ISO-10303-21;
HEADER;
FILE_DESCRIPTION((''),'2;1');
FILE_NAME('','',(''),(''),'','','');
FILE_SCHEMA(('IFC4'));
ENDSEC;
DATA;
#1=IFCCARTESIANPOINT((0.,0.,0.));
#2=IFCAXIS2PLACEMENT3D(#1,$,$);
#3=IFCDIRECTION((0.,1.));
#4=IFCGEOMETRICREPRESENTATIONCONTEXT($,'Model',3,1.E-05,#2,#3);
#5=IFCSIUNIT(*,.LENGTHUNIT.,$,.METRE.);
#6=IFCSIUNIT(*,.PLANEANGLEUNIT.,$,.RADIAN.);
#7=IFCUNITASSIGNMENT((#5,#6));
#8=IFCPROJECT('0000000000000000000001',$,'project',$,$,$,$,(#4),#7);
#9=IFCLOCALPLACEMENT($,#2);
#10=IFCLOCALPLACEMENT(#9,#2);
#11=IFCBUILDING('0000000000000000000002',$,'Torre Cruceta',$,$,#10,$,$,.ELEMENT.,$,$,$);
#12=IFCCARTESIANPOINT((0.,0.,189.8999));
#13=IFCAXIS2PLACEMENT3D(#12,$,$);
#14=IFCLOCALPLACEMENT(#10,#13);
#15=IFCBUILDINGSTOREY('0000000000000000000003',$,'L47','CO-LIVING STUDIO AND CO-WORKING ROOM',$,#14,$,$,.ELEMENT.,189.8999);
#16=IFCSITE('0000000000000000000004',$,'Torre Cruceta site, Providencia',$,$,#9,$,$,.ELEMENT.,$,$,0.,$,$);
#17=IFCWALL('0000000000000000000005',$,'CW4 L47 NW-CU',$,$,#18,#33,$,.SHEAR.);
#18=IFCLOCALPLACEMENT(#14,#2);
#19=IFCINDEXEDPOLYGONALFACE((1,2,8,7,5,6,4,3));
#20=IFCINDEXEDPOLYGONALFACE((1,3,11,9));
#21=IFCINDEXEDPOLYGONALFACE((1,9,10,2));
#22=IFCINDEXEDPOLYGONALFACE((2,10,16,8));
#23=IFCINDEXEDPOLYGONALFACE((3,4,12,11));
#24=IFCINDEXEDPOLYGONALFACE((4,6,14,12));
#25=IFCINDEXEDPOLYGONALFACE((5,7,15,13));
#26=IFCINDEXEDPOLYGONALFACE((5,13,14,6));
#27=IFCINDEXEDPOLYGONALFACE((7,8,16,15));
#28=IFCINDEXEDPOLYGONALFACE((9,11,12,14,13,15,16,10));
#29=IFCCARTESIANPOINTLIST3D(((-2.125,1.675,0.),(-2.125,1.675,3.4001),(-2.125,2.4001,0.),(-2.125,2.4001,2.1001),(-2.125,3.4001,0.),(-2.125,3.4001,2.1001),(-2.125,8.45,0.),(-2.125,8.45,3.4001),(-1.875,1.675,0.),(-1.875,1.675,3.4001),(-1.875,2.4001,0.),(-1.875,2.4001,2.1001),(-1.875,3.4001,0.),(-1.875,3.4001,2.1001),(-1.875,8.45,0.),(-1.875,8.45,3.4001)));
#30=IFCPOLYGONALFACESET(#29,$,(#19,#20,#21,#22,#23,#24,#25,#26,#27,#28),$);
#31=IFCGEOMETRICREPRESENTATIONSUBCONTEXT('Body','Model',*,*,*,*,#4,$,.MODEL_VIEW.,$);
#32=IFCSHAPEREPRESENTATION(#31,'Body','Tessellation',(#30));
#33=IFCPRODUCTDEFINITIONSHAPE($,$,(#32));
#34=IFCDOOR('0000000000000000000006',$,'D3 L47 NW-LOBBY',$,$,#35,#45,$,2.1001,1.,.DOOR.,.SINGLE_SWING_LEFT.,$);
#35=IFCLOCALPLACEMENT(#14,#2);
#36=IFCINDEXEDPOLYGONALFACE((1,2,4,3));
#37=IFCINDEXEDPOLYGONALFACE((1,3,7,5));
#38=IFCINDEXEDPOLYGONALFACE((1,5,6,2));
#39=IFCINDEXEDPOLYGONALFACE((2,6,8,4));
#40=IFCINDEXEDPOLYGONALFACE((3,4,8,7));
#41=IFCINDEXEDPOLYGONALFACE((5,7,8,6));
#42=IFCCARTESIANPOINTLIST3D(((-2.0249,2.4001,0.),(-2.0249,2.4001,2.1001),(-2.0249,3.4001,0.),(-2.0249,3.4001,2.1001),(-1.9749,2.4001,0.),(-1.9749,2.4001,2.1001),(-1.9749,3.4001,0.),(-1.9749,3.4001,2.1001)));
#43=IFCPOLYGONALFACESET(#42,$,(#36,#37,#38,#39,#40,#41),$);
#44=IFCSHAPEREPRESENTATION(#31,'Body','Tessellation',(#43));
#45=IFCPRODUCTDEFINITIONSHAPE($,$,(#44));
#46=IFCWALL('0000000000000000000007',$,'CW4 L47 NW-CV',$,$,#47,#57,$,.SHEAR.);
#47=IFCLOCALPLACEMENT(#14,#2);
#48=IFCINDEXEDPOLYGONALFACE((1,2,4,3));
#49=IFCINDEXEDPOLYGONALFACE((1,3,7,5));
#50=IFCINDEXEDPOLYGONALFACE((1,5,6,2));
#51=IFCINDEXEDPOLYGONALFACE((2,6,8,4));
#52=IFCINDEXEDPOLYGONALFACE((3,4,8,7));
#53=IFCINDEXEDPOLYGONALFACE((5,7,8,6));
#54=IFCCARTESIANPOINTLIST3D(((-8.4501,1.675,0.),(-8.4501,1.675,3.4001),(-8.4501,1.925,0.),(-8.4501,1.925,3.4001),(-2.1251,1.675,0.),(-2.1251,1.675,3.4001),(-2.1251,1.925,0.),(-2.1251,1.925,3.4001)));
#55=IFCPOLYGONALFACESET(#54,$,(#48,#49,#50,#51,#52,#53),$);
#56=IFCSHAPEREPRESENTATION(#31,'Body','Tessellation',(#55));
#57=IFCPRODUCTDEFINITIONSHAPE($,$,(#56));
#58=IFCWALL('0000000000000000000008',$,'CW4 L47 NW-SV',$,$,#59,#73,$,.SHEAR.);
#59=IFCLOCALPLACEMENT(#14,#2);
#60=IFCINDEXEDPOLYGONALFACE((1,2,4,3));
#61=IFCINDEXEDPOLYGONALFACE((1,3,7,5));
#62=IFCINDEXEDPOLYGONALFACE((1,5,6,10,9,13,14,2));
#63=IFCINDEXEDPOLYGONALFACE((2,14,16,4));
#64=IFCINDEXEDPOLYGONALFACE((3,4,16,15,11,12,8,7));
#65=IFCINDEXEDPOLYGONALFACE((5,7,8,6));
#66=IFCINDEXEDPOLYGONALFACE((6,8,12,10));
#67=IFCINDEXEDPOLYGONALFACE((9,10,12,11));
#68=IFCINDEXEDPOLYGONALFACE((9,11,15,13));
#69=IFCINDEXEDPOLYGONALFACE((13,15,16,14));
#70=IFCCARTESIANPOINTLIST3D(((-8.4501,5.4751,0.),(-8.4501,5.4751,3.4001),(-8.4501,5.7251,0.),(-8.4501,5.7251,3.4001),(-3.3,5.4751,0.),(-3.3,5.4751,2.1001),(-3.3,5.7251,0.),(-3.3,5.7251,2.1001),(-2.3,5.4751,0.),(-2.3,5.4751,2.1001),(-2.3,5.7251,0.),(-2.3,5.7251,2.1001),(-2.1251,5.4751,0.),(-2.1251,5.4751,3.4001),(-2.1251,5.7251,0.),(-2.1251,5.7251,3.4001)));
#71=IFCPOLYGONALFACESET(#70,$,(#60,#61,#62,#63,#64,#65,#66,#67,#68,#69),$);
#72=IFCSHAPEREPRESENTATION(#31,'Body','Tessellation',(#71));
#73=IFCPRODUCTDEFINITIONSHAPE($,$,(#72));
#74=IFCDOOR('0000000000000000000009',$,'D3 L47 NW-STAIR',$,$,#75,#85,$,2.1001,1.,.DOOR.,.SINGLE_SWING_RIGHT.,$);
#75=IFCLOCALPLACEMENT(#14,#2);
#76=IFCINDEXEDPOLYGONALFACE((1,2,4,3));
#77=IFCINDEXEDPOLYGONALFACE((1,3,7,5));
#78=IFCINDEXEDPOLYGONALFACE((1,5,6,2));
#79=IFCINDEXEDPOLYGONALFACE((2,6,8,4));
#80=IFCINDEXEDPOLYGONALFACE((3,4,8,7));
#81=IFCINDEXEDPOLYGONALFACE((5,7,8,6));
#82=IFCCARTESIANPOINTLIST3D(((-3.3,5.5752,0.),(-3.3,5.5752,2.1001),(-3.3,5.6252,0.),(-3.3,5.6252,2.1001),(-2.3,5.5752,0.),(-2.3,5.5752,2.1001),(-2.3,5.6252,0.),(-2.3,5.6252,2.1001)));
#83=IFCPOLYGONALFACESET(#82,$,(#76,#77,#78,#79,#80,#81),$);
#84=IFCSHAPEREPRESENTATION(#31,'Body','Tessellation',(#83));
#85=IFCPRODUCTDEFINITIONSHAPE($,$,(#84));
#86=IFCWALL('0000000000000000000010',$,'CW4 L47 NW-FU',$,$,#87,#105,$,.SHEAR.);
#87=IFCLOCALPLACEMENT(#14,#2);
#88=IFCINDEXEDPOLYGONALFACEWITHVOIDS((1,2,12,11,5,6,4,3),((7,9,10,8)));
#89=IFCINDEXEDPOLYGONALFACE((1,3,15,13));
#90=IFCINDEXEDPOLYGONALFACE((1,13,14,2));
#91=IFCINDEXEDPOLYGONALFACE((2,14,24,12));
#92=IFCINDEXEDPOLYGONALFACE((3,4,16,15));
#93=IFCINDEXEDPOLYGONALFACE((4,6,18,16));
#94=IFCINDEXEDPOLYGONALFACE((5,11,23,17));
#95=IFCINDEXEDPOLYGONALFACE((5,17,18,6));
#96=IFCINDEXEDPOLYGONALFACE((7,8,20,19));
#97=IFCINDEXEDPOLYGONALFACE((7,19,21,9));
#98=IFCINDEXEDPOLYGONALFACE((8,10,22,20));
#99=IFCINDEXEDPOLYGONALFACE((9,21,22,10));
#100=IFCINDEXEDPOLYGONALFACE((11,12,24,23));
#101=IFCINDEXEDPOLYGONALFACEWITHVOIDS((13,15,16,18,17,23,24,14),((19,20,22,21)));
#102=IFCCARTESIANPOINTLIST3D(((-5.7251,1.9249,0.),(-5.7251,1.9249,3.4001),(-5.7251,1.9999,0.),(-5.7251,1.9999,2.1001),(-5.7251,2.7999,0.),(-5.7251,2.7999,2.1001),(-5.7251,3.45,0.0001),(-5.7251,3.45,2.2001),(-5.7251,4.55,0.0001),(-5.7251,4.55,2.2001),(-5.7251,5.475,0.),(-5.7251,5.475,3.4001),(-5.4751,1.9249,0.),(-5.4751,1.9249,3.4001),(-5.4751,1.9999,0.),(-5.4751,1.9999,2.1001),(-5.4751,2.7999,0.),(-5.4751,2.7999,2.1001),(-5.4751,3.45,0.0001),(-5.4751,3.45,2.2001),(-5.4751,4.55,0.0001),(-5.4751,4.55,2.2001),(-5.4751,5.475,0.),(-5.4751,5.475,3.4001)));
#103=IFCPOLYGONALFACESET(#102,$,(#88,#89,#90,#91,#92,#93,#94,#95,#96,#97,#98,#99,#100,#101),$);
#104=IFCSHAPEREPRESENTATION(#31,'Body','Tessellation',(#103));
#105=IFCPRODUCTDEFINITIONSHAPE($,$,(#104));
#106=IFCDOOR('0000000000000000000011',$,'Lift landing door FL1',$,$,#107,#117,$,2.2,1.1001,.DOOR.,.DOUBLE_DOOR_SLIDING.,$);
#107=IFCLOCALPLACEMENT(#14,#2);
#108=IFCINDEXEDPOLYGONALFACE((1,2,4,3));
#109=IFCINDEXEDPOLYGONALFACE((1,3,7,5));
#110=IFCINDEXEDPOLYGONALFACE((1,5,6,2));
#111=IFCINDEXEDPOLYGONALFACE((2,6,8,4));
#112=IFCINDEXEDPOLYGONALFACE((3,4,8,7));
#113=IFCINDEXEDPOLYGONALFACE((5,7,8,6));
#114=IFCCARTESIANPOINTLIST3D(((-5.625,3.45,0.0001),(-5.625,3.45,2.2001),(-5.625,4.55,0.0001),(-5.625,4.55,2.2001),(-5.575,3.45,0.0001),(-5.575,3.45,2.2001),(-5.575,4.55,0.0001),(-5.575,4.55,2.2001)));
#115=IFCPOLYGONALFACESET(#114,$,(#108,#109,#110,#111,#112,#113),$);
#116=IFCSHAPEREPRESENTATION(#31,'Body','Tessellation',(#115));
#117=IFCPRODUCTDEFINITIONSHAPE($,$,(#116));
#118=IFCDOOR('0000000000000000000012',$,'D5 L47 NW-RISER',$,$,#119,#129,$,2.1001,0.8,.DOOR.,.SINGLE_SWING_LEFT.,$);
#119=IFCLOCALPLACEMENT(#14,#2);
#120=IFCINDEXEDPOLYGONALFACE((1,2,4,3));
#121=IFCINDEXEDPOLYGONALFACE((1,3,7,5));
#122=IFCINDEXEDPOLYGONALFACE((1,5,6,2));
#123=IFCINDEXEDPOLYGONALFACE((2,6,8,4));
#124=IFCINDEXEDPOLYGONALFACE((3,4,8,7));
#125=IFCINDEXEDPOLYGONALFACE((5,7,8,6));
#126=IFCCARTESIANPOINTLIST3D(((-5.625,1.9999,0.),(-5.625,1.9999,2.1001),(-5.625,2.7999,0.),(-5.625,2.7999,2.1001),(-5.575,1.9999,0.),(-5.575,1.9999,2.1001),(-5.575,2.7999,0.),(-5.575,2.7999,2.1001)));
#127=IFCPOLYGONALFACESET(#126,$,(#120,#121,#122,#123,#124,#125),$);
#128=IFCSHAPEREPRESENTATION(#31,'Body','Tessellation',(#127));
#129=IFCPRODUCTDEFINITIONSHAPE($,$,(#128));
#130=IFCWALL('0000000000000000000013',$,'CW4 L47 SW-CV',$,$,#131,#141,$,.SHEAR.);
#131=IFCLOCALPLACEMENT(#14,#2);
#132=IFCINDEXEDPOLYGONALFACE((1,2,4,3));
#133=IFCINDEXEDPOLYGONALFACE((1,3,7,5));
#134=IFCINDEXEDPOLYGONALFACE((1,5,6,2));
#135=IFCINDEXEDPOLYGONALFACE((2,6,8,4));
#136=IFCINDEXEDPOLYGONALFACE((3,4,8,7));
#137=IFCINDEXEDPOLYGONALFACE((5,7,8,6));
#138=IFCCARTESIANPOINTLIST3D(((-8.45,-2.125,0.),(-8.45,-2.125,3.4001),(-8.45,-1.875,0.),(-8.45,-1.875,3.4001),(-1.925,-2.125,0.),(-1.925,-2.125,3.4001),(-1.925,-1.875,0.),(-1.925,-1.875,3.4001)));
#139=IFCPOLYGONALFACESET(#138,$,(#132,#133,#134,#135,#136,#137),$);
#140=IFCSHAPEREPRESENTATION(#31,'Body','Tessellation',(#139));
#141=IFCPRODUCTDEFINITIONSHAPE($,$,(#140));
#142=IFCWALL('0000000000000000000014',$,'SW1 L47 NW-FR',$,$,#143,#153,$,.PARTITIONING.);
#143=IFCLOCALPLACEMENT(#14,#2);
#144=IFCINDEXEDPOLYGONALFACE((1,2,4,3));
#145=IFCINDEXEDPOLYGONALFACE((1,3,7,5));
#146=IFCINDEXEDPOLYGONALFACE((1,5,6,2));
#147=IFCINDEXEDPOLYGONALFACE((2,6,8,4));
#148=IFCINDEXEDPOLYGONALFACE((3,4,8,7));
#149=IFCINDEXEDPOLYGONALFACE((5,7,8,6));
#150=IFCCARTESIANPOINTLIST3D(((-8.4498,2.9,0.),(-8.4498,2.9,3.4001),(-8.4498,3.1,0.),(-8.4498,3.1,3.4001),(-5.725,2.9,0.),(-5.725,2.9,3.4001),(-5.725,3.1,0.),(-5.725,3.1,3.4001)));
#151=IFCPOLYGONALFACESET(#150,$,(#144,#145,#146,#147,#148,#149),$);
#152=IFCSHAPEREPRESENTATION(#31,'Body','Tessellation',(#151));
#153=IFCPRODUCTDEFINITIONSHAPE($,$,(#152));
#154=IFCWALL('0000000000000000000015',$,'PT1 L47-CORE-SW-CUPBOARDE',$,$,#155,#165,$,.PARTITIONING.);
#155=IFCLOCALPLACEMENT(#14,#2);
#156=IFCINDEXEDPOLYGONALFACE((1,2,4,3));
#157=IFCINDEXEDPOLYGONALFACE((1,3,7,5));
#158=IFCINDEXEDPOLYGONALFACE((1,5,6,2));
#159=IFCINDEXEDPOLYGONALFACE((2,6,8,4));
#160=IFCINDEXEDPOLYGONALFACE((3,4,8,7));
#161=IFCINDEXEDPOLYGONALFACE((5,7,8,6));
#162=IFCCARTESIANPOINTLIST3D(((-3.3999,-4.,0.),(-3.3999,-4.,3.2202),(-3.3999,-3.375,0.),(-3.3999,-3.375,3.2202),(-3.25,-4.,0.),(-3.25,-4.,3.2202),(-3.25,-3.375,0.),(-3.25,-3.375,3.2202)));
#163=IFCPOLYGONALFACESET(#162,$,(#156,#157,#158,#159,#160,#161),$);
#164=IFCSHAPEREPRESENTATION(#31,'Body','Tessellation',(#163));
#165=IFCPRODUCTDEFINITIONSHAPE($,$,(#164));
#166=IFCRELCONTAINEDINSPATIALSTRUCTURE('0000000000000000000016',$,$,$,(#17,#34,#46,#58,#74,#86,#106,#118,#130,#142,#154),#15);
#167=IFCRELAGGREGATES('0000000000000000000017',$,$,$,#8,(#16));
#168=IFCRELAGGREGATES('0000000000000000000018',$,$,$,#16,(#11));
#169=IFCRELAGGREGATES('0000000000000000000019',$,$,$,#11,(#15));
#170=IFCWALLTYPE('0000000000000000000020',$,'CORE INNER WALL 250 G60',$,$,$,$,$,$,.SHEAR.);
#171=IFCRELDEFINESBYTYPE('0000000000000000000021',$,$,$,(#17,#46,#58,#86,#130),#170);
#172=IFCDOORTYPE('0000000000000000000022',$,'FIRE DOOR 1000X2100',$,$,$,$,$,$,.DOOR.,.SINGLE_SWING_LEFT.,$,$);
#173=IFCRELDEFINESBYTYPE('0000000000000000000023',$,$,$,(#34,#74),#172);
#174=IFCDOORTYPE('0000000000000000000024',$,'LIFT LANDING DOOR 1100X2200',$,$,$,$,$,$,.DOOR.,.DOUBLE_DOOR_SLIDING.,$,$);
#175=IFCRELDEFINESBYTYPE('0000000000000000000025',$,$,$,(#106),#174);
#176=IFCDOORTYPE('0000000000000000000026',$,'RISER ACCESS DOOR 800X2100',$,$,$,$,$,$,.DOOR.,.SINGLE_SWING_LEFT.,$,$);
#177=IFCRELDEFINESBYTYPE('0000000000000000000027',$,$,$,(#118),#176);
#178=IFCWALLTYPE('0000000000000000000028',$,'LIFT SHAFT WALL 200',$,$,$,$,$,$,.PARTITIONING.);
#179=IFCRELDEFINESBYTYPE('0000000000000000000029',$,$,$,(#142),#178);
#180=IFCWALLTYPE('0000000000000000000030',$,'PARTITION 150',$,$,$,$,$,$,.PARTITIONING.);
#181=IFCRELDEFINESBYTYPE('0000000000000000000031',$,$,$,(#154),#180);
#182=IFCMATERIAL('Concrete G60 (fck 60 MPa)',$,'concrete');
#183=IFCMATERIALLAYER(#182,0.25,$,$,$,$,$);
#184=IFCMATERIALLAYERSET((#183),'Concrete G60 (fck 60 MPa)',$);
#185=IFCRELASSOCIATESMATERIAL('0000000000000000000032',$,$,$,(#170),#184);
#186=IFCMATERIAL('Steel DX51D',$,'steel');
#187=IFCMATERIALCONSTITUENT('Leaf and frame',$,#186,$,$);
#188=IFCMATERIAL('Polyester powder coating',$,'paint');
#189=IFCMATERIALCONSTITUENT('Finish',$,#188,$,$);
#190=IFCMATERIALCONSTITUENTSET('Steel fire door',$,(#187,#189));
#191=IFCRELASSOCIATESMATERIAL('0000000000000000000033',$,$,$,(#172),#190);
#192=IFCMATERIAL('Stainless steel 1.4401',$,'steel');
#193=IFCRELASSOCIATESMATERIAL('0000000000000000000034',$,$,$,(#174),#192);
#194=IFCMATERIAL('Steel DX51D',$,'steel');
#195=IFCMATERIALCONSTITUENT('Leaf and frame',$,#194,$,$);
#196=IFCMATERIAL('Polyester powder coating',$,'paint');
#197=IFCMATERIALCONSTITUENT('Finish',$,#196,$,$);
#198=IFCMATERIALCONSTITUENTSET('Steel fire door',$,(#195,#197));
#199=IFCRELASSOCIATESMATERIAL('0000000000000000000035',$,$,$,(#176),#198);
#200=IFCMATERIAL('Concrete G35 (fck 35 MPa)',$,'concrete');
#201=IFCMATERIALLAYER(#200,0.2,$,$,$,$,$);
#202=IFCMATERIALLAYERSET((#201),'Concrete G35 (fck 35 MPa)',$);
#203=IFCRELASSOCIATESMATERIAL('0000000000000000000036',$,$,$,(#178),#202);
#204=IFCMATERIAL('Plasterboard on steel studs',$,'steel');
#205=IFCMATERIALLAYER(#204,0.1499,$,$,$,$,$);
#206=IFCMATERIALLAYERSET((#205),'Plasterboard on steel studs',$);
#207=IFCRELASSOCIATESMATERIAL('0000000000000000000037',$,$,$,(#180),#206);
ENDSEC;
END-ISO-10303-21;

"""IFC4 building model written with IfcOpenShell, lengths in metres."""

from ifc_helpers import new_model, si_unit, direction, frame, frame_2d, origin, place, context, subcontext, project, spatial, rectangle, extrude, material, layer, layer_set, constituent, constituent_set, type_object, element, fill, save


model = new_model("IFC4")

# Units and contexts
model_context = context("Model", 3, precision=1e-05, world=origin(), true_north=direction((0.0, 1.0)))
body_context = subcontext(model_context, "Body", "Model", "MODEL_VIEW")
ifc_project = project(units=[si_unit("LENGTHUNIT", "METRE"), si_unit("PLANEANGLEUNIT", "RADIAN")], contexts=[model_context])

# Site, building, storey
site_placement = place(None, origin())
site = spatial("IfcSite", under=ifc_project, at=site_placement, Name="Torre Cruceta site, Providencia", CompositionType="ELEMENT", RefElevation=0.0)
building_placement = place(site_placement, origin())
building = spatial("IfcBuilding", under=site, at=building_placement, Name="Torre Cruceta", CompositionType="ELEMENT")
storey_placement = place(building_placement, frame((0.0, 0.0, 189.8999)))
storey = spatial("IfcBuildingStorey", under=building, at=storey_placement, Name="L47", Description="CO-LIVING STUDIO AND CO-WORKING ROOM", CompositionType="ELEMENT", Elevation=189.8999)

# Wall, opening, door
ifc_material_1 = material(Name="Concrete G60 (fck 60 MPa)", Category="concrete")
ifc_layer_1 = layer(ifc_material_1, 0.25)
ifc_layer_set_1 = layer_set([ifc_layer_1], Name="Concrete G60 (fck 60 MPa)")
wall_type_1 = type_object("IfcWallType", Name="CORE INNER WALL 250 G60", PredefinedType="SHEAR", material=ifc_layer_set_1)
wall_1_placement = place(storey_placement, frame((-2.0, 1.675, 0.0), z_axis=(0.0, 0.0, 1.0), x_axis=(0.0, 1.0, 0.0)))
wall_1 = element("IfcWall", 1, at=wall_1_placement, inside=storey, type_object=wall_type_1, Name="CW4 L47 NW-CU", PredefinedType="SHEAR", context=body_context, shape_type="SweptSolid", body=[
    extrude(rectangle(XDim=6.7749, YDim=0.25, at=frame_2d((3.3875, 0.0))), origin(), (0.0, 0.0, 1.0), 3.4001),
])
opening_1_placement = place(wall_1_placement, frame((0.7251, 0.0, 0.0)))
opening_1 = element("IfcOpeningElement", 2, at=opening_1_placement, cuts=wall_1, PredefinedType="OPENING", context=body_context, shape_type="SweptSolid", body=[
    extrude(rectangle(XDim=1.0, YDim=2.1001, at=frame_2d((0.5, 1.05))), frame((0.0, 0.135, 0.0), z_axis=(0.0, -1.0, 0.0), x_axis=(1.0, 0.0, 0.0)), (0.0, 0.0, 1.0), 0.27),
])
ifc_material_2 = material(Name="Steel DX51D", Category="steel")
ifc_constituent_1 = constituent(ifc_material_2, Name="Leaf and frame")
ifc_material_3 = material(Name="Polyester powder coating", Category="paint")
ifc_constituent_2 = constituent(ifc_material_3, Name="Finish")
ifc_constituent_set_1 = constituent_set(constituents=[ifc_constituent_1, ifc_constituent_2], Name="Steel fire door")
door_type_1 = type_object("IfcDoorType", Name="FIRE DOOR 1000X2100", OperationType="SINGLE_SWING_LEFT", PredefinedType="DOOR", material=ifc_constituent_set_1)
door_1_placement = place(opening_1_placement, origin())
door_1 = element("IfcDoor", 3, at=door_1_placement, inside=storey, type_object=door_type_1, Name="D3 L47 NW-LOBBY", OperationType="SINGLE_SWING_LEFT", OverallHeight=2.1001, OverallWidth=1.0, PredefinedType="DOOR", context=body_context, shape_type="SweptSolid", body=[
    extrude(rectangle(XDim=1.0, YDim=2.1001, at=frame_2d((0.5, 1.05))), frame((0.0, 0.0249, 0.0), z_axis=(0.0, -1.0, 0.0), x_axis=(1.0, 0.0, 0.0)), (0.0, 0.0, 1.0), 0.05),
])
fill(opening_1, door_1)

# Wall
wall_2_placement = place(storey_placement, frame((-2.125, 1.8, 0.0), z_axis=(0.0, 0.0, 1.0), x_axis=(-1.0, 0.0, 0.0)))
element("IfcWall", 4, at=wall_2_placement, inside=storey, type_object=wall_type_1, Name="CW4 L47 NW-CV", PredefinedType="SHEAR", context=body_context, shape_type="SweptSolid", body=[
    extrude(rectangle(XDim=6.325, YDim=0.25, at=frame_2d((3.1626, 0.0))), origin(), (0.0, 0.0, 1.0), 3.4001),
])

# Wall, opening, door
wall_3_placement = place(storey_placement, frame((-2.125, 5.6001, 0.0), z_axis=(0.0, 0.0, 1.0), x_axis=(-1.0, 0.0, 0.0)))
wall_3 = element("IfcWall", 5, at=wall_3_placement, inside=storey, type_object=wall_type_1, Name="CW4 L47 NW-SV", PredefinedType="SHEAR", context=body_context, shape_type="SweptSolid", body=[
    extrude(rectangle(XDim=6.325, YDim=0.25, at=frame_2d((3.1626, 0.0))), origin(), (0.0, 0.0, 1.0), 3.4001),
])
opening_2_placement = place(wall_3_placement, frame((0.175, 0.0, 0.0)))
opening_2 = element("IfcOpeningElement", 6, at=opening_2_placement, cuts=wall_3, PredefinedType="OPENING", context=body_context, shape_type="SweptSolid", body=[
    extrude(rectangle(XDim=1.0, YDim=2.1001, at=frame_2d((0.5, 1.05))), frame((0.0, 0.135, 0.0), z_axis=(0.0, -1.0, 0.0), x_axis=(1.0, 0.0, 0.0)), (0.0, 0.0, 1.0), 0.27),
])
door_2_placement = place(opening_2_placement, frame((1.0, 0.0, 0.0), z_axis=(0.0, 0.0, 1.0), x_axis=(-1.0, 0.0, 0.0)))
door_2 = element("IfcDoor", 7, at=door_2_placement, inside=storey, type_object=door_type_1, Name="D3 L47 NW-STAIR", OperationType="SINGLE_SWING_RIGHT", OverallHeight=2.1001, OverallWidth=1.0, PredefinedType="DOOR", context=body_context, shape_type="SweptSolid", body=[
    extrude(rectangle(XDim=1.0, YDim=2.1001, at=frame_2d((0.5, 1.05))), frame((0.0, 0.0251, 0.0), z_axis=(0.0, -1.0, 0.0), x_axis=(1.0, 0.0, 0.0)), (0.0, 0.0, 1.0), 0.05),
])
fill(opening_2, door_2)

# Wall, openings, doors
wall_4_placement = place(storey_placement, frame((-5.6001, 1.925, 0.0), z_axis=(0.0, 0.0, 1.0), x_axis=(0.0, 1.0, 0.0)))
wall_4 = element("IfcWall", 8, at=wall_4_placement, inside=storey, type_object=wall_type_1, Name="CW4 L47 NW-FU", PredefinedType="SHEAR", context=body_context, shape_type="SweptSolid", body=[
    extrude(rectangle(XDim=3.55, YDim=0.25, at=frame_2d((1.7749, 0.0))), origin(), (0.0, 0.0, 1.0), 3.4001),
])
opening_3_placement = place(wall_4_placement, frame((1.5249, 0.0, 0.0)))
opening_3 = element("IfcOpeningElement", 9, at=opening_3_placement, cuts=wall_4, PredefinedType="OPENING", context=body_context, shape_type="SweptSolid", body=[
    extrude(rectangle(XDim=1.1001, YDim=2.2, at=frame_2d((0.55, 1.1001))), frame((0.0, 0.135, 0.0), z_axis=(0.0, -1.0, 0.0), x_axis=(1.0, 0.0, 0.0)), (0.0, 0.0, 1.0), 0.27),
])
opening_4_placement = place(wall_4_placement, frame((0.075, 0.0, 0.0)))
opening_4 = element("IfcOpeningElement", 10, at=opening_4_placement, cuts=wall_4, PredefinedType="OPENING", context=body_context, shape_type="SweptSolid", body=[
    extrude(rectangle(XDim=0.8, YDim=2.1001, at=frame_2d((0.3999, 1.05))), frame((0.0, 0.135, 0.0), z_axis=(0.0, -1.0, 0.0), x_axis=(1.0, 0.0, 0.0)), (0.0, 0.0, 1.0), 0.27),
])
ifc_material_4 = material(Name="Stainless steel 1.4401", Category="steel")
door_type_2 = type_object("IfcDoorType", Name="LIFT LANDING DOOR 1100X2200", OperationType="DOUBLE_DOOR_SLIDING", PredefinedType="DOOR", material=ifc_material_4)
door_3_placement = place(opening_3_placement, origin())
door_3 = element("IfcDoor", 11, at=door_3_placement, inside=storey, type_object=door_type_2, Name="Lift landing door FL1", OperationType="DOUBLE_DOOR_SLIDING", OverallHeight=2.2, OverallWidth=1.1001, PredefinedType="DOOR", context=body_context, shape_type="SweptSolid", body=[
    extrude(rectangle(XDim=1.1001, YDim=2.2, at=frame_2d((0.55, 1.1001))), frame((0.0, 0.0249, 0.0), z_axis=(0.0, -1.0, 0.0), x_axis=(1.0, 0.0, 0.0)), (0.0, 0.0, 1.0), 0.05),
])
fill(opening_3, door_3)
ifc_material_5 = material(Name="Steel DX51D", Category="steel")
ifc_constituent_3 = constituent(ifc_material_5, Name="Leaf and frame")
ifc_material_6 = material(Name="Polyester powder coating", Category="paint")
ifc_constituent_4 = constituent(ifc_material_6, Name="Finish")
ifc_constituent_set_2 = constituent_set(constituents=[ifc_constituent_3, ifc_constituent_4], Name="Steel fire door")
door_type_3 = type_object("IfcDoorType", Name="RISER ACCESS DOOR 800X2100", OperationType="SINGLE_SWING_LEFT", PredefinedType="DOOR", material=ifc_constituent_set_2)
door_4_placement = place(opening_4_placement, origin())
door_4 = element("IfcDoor", 12, at=door_4_placement, inside=storey, type_object=door_type_3, Name="D5 L47 NW-RISER", OperationType="SINGLE_SWING_LEFT", OverallHeight=2.1001, OverallWidth=0.8, PredefinedType="DOOR", context=body_context, shape_type="SweptSolid", body=[
    extrude(rectangle(XDim=0.8, YDim=2.1001, at=frame_2d((0.3999, 1.05))), frame((0.0, 0.0249, 0.0), z_axis=(0.0, -1.0, 0.0), x_axis=(1.0, 0.0, 0.0)), (0.0, 0.0, 1.0), 0.05),
])
fill(opening_4, door_4)

# Walls
wall_5_placement = place(storey_placement, frame((-1.925, -2.0, 0.0), z_axis=(0.0, 0.0, 1.0), x_axis=(-1.0, 0.0, 0.0)))
element("IfcWall", 13, at=wall_5_placement, inside=storey, type_object=wall_type_1, Name="CW4 L47 SW-CV", PredefinedType="SHEAR", context=body_context, shape_type="SweptSolid", body=[
    extrude(rectangle(XDim=6.5249, YDim=0.25, at=frame_2d((3.2625, 0.0))), origin(), (0.0, 0.0, 1.0), 3.4001),
])
ifc_material_7 = material(Name="Concrete G35 (fck 35 MPa)", Category="concrete")
ifc_layer_2 = layer(ifc_material_7, 0.2)
ifc_layer_set_2 = layer_set([ifc_layer_2], Name="Concrete G35 (fck 35 MPa)")
wall_type_2 = type_object("IfcWallType", Name="LIFT SHAFT WALL 200", PredefinedType="PARTITIONING", material=ifc_layer_set_2)
wall_6_placement = place(storey_placement, frame((-5.7251, 3.0, 0.0), z_axis=(0.0, 0.0, 1.0), x_axis=(-1.0, 0.0, 0.0)))
element("IfcWall", 14, at=wall_6_placement, inside=storey, type_object=wall_type_2, Name="SW1 L47 NW-FR", PredefinedType="PARTITIONING", context=body_context, shape_type="SweptSolid", body=[
    extrude(rectangle(XDim=2.7249, YDim=0.2, at=frame_2d((1.3623, 0.0))), origin(), (0.0, 0.0, 1.0), 3.4001),
])
ifc_material_8 = material(Name="Plasterboard on steel studs", Category="steel")
ifc_layer_3 = layer(ifc_material_8, 0.1499)
ifc_layer_set_3 = layer_set([ifc_layer_3], Name="Plasterboard on steel studs")
wall_type_3 = type_object("IfcWallType", Name="PARTITION 150", PredefinedType="PARTITIONING", material=ifc_layer_set_3)
wall_7_placement = place(storey_placement, frame((-3.325, -3.375, 0.0), z_axis=(0.0, 0.0, 1.0), x_axis=(0.0, -1.0, 0.0)))
element("IfcWall", 15, at=wall_7_placement, inside=storey, type_object=wall_type_3, Name="PT1 L47-CORE-SW-CUPBOARDE", PredefinedType="PARTITIONING", context=body_context, shape_type="SweptSolid", body=[
    extrude(rectangle(XDim=0.625, YDim=0.1499, at=frame_2d((0.3125, 0.0))), origin(), (0.0, 0.0, 1.0), 3.2202),
])

save(model, "model.ifc")
